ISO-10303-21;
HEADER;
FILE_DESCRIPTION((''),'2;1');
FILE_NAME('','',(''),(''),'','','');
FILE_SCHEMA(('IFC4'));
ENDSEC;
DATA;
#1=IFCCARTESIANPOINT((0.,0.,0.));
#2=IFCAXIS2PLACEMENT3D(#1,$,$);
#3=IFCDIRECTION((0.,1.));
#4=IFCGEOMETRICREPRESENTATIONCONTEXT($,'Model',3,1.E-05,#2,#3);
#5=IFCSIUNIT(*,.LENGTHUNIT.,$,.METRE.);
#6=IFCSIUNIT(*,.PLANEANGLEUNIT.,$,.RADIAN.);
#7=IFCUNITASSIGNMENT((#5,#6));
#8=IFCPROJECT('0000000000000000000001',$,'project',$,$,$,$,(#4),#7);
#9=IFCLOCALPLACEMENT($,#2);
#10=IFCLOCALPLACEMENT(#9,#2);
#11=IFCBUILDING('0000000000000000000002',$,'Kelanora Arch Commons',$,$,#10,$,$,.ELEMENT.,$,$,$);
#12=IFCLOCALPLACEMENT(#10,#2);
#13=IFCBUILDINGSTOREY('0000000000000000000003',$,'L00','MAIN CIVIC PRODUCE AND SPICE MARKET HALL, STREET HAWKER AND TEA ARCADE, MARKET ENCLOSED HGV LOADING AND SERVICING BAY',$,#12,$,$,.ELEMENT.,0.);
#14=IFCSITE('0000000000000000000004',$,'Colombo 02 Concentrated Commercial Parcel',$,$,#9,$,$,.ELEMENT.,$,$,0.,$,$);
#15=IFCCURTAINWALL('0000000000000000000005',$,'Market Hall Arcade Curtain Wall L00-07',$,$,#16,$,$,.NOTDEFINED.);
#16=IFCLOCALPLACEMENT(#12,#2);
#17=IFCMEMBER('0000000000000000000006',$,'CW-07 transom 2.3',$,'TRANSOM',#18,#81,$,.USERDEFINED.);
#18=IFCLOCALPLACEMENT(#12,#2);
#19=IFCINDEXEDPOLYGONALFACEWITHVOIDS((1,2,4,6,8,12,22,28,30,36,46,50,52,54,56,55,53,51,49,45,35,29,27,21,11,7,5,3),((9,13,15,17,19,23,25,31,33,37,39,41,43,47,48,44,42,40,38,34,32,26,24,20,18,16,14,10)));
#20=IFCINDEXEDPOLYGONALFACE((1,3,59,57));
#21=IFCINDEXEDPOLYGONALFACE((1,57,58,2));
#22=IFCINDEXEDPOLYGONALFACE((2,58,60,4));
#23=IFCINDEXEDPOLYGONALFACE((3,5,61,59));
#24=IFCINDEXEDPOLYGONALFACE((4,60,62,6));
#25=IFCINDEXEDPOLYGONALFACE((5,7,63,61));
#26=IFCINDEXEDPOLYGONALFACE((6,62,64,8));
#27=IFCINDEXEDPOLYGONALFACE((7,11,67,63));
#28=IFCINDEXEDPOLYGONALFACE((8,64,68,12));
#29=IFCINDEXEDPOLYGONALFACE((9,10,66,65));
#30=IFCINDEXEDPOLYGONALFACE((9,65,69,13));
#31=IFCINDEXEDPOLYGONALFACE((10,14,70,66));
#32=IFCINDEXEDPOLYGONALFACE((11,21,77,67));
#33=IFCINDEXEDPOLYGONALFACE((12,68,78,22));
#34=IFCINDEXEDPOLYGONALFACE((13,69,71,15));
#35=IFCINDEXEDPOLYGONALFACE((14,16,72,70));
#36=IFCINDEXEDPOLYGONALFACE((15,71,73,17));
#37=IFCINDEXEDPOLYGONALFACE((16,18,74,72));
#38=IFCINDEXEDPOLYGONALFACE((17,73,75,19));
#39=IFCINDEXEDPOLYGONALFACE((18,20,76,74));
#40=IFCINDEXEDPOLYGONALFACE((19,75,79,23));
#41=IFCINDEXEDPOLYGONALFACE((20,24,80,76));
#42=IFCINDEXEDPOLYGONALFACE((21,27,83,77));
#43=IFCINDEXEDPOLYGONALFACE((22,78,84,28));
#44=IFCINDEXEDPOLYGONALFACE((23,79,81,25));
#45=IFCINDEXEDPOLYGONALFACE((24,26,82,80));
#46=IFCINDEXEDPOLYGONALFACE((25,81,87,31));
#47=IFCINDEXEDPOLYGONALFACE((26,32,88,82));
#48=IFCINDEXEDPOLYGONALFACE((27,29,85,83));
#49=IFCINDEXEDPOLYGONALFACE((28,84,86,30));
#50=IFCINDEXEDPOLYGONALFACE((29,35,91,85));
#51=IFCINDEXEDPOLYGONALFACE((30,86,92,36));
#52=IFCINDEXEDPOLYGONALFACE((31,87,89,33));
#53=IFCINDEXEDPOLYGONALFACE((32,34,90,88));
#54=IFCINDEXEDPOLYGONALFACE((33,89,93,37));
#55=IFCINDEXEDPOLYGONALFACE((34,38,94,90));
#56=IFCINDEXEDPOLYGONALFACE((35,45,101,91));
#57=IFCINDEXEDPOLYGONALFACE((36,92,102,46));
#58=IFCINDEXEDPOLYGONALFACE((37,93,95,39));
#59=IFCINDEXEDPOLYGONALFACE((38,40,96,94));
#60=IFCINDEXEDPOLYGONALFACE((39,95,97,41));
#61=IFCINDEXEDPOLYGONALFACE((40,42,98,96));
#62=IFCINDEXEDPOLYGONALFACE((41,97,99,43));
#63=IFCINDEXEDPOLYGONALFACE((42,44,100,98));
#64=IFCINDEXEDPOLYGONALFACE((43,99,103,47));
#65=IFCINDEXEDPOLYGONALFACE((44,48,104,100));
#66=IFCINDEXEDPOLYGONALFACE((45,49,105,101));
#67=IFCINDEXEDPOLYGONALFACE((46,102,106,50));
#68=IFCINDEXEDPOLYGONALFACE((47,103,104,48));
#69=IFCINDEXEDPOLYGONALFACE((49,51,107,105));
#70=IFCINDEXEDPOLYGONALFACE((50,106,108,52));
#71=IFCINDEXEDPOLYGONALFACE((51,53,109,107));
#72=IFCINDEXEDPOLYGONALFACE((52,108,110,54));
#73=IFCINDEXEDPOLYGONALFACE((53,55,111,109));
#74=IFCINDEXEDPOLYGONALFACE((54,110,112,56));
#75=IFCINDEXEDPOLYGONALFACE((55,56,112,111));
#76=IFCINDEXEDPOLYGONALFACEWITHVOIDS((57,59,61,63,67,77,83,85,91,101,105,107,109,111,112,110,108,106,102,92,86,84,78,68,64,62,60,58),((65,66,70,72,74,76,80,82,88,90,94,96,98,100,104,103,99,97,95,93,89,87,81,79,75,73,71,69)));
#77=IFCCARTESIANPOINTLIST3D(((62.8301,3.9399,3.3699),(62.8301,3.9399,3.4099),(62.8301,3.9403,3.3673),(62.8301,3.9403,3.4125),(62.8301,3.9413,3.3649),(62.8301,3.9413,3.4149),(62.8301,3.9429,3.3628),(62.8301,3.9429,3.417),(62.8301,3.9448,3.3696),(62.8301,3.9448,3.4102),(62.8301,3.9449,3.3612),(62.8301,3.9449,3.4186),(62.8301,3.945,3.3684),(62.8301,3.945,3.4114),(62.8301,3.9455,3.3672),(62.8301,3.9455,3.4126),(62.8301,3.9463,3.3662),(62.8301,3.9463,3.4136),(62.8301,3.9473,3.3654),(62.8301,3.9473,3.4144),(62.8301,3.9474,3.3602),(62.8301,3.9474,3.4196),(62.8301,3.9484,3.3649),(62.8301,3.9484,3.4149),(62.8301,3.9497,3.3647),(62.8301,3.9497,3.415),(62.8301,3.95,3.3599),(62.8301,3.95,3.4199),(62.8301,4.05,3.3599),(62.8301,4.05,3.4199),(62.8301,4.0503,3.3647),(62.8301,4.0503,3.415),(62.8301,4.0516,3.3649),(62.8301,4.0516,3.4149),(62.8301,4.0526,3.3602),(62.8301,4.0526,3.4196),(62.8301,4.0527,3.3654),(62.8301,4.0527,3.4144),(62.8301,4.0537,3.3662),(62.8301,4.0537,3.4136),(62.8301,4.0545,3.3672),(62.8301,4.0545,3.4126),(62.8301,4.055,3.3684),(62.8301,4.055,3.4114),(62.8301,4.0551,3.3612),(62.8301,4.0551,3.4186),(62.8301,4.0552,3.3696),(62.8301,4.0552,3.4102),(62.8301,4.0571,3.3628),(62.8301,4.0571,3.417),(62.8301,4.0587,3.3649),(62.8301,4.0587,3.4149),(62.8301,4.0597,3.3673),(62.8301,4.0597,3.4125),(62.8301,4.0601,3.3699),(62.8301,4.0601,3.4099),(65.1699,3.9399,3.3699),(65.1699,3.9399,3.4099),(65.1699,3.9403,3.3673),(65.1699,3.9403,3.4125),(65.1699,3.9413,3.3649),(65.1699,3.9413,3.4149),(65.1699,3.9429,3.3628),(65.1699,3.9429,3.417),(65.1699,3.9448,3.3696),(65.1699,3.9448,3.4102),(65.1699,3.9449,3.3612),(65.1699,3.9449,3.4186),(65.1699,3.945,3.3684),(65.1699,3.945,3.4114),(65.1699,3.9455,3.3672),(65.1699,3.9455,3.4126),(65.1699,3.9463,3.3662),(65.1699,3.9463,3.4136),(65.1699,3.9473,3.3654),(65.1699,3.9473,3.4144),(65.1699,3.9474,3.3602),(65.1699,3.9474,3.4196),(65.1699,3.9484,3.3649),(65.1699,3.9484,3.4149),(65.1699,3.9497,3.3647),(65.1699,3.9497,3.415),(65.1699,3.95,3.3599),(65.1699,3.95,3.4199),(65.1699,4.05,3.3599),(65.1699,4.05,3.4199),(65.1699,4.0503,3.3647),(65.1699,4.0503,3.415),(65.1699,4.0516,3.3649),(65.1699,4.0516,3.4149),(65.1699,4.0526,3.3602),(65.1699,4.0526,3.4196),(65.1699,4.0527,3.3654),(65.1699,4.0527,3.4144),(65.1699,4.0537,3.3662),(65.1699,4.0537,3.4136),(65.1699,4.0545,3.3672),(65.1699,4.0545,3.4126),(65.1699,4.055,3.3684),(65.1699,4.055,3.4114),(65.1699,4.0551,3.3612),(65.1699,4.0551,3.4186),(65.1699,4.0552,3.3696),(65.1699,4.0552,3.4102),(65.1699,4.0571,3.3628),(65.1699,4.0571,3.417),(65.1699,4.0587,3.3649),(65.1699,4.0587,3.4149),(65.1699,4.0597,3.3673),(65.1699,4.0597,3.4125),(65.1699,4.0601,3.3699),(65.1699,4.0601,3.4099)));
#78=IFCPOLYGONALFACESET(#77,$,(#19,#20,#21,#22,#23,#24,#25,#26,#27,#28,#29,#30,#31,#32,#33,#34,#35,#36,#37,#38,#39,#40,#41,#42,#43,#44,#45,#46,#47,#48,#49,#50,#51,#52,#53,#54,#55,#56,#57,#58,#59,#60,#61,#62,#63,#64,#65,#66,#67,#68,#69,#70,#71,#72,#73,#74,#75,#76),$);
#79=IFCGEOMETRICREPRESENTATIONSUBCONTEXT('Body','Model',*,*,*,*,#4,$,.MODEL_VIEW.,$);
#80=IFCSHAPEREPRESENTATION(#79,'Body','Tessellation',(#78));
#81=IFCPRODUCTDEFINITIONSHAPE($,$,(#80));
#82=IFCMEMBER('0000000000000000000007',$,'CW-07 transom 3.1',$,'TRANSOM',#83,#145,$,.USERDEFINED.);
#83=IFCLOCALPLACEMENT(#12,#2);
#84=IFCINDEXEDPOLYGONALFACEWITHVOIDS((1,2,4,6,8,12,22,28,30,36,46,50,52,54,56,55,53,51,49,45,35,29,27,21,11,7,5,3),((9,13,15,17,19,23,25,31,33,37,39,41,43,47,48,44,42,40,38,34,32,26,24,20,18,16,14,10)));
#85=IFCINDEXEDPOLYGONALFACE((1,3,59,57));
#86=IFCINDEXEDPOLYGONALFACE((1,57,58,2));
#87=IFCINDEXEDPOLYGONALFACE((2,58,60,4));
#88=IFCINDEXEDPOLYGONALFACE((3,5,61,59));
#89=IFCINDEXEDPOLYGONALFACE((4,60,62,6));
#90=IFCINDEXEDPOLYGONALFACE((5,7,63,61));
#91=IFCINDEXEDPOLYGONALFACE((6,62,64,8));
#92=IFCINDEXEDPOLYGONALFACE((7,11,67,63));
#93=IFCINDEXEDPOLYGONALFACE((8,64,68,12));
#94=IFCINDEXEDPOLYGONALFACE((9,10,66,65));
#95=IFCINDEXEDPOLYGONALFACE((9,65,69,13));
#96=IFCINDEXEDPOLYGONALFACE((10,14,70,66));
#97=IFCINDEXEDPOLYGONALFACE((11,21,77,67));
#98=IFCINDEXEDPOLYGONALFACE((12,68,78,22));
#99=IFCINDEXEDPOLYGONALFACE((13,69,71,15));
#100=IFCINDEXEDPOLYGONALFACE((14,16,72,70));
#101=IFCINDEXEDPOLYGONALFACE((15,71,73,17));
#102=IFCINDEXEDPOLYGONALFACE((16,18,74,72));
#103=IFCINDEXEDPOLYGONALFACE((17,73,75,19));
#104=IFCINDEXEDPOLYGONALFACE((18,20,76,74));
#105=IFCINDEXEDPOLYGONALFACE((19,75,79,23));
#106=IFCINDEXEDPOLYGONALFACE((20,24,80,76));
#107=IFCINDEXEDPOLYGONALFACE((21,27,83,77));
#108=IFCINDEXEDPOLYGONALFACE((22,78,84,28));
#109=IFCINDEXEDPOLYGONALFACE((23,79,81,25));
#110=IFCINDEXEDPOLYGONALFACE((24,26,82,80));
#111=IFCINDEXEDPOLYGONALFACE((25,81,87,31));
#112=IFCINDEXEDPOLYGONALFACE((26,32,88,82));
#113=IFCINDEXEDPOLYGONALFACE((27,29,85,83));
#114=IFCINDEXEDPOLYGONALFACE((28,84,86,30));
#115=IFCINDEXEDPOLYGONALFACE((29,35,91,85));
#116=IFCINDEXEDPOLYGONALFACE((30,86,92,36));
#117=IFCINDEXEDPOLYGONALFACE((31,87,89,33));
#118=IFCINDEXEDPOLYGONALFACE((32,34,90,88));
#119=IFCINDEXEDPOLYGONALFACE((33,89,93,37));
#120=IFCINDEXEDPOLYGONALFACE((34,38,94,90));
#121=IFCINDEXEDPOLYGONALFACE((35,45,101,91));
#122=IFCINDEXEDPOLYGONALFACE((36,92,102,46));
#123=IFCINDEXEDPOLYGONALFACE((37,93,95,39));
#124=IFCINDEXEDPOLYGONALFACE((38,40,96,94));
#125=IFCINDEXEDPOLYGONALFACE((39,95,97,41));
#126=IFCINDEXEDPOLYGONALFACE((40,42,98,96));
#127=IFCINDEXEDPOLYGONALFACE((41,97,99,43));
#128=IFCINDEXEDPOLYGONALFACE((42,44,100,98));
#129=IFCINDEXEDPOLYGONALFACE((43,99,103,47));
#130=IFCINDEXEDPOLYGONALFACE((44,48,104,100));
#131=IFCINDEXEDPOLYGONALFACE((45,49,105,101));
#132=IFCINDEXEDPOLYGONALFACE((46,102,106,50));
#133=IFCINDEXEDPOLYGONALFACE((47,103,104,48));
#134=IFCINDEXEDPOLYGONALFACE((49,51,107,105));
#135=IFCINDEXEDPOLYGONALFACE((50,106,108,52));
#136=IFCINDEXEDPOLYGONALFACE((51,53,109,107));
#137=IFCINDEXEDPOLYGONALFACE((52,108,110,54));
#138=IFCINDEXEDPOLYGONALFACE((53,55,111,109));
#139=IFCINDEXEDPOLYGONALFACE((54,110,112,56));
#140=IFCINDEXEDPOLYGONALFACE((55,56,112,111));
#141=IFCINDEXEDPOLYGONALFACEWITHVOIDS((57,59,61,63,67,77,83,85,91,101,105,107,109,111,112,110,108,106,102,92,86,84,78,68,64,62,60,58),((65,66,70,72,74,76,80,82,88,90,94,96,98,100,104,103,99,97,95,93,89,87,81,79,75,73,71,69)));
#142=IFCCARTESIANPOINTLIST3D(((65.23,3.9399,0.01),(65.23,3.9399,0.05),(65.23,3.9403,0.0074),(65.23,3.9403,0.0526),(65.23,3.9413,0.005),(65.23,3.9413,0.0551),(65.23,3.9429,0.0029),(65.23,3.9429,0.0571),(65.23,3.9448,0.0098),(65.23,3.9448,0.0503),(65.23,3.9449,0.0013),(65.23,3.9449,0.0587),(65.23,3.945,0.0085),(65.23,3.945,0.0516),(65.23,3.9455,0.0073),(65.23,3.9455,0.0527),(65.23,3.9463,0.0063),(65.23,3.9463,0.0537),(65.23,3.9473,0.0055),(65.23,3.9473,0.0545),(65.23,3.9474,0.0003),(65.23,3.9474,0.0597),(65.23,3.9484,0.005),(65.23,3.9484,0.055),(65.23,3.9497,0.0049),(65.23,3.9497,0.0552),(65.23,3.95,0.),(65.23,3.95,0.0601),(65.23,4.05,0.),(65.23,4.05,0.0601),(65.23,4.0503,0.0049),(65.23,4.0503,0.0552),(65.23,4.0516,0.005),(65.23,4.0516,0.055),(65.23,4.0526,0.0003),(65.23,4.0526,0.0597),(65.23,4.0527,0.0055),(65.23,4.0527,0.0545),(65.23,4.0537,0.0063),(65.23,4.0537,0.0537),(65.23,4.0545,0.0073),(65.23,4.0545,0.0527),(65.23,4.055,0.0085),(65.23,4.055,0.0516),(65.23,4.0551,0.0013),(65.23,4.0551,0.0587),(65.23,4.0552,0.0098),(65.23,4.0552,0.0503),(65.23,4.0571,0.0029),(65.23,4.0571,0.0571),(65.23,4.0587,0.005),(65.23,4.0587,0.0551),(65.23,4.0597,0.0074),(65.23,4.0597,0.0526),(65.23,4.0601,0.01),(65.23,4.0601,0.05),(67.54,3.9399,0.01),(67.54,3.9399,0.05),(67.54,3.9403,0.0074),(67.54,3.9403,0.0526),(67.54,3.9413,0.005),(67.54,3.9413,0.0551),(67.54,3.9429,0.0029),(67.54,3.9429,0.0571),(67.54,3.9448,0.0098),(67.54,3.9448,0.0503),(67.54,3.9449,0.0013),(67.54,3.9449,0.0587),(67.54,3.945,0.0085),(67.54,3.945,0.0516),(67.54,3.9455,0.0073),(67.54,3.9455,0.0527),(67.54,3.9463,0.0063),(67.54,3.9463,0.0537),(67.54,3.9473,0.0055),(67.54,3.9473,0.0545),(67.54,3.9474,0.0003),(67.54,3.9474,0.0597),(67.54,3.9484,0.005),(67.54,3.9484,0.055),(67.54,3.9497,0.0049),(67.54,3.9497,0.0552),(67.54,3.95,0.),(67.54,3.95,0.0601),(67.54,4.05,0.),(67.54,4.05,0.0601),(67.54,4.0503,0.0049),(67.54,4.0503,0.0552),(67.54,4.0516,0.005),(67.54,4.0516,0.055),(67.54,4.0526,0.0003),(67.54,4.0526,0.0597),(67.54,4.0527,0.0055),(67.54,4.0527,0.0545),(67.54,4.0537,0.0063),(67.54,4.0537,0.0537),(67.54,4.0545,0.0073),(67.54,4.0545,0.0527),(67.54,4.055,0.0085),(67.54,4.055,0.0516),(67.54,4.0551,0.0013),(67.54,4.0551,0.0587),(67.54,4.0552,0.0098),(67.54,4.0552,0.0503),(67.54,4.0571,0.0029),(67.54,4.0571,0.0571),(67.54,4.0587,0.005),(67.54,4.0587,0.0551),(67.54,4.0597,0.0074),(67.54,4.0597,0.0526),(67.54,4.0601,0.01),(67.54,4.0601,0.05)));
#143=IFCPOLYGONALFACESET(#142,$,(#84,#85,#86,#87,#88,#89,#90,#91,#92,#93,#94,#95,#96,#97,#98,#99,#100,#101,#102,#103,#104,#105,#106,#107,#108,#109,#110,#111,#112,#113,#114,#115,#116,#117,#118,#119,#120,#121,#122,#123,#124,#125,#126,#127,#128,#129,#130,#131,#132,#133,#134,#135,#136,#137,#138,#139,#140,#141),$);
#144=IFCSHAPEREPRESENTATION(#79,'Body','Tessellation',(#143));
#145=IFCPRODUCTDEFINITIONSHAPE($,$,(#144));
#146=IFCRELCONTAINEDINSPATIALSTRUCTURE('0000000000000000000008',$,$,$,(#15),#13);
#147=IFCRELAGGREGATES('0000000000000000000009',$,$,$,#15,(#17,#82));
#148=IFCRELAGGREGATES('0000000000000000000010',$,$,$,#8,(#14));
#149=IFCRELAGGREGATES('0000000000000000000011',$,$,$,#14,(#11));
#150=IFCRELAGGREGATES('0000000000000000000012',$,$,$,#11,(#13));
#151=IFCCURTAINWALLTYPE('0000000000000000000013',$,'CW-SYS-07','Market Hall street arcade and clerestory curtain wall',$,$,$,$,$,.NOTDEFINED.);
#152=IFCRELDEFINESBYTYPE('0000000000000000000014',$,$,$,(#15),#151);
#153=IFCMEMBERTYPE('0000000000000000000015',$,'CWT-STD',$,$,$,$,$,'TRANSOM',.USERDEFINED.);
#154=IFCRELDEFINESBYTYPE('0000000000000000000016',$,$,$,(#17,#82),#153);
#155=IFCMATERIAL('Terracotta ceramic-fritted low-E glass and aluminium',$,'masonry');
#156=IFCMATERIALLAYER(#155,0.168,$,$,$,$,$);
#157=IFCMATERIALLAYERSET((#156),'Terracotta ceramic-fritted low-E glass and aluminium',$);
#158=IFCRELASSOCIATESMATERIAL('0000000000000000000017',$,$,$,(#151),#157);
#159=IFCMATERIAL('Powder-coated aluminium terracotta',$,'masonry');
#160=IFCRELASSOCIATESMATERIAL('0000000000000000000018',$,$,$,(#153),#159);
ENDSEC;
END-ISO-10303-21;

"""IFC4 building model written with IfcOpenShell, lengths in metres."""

from ifc_helpers import new_model, si_unit, direction, frame, origin, origin_2d, place, context, subcontext, project, spatial, hollow_rectangle, extrude, material, layer, layer_set, material_profile, profile_set, type_object, element, aggregate, save


model = new_model("IFC4")

# Units and contexts
model_context = context("Model", 3, precision=1e-05, world=origin(), true_north=direction((0.0, 1.0)))
body_context = subcontext(model_context, "Body", "Model", "MODEL_VIEW")
ifc_project = project(units=[si_unit("LENGTHUNIT", "METRE"), si_unit("PLANEANGLEUNIT", "RADIAN")], contexts=[model_context])

# Site, building, storey
site_placement = place(None, origin())
site = spatial("IfcSite", under=ifc_project, at=site_placement, Name="Colombo 02 Concentrated Commercial Parcel", CompositionType="ELEMENT", RefElevation=0.0)
building_placement = place(site_placement, origin())
building = spatial("IfcBuilding", under=site, at=building_placement, Name="Kelanora Arch Commons", CompositionType="ELEMENT")
storey_placement = place(building_placement, origin())
storey = spatial("IfcBuildingStorey", under=building, at=storey_placement, Name="L00", Description="MAIN CIVIC PRODUCE AND SPICE MARKET HALL, STREET HAWKER AND TEA ARCADE, MARKET ENCLOSED HGV LOADING AND SERVICING BAY", CompositionType="ELEMENT", Elevation=0.0)

# Curtain wall, members
ifc_material_1 = material(Name="Terracotta ceramic-fritted low-E glass and aluminium", Category="masonry")
ifc_layer_1 = layer(ifc_material_1, 0.168)
ifc_layer_set_1 = layer_set([ifc_layer_1], Name="Terracotta ceramic-fritted low-E glass and aluminium")
curtain_wall_type = type_object("IfcCurtainWallType", Name="CW-SYS-07", Description="Market Hall street arcade and clerestory curtain wall", PredefinedType="NOTDEFINED", material=ifc_layer_set_1)
curtain_wall_placement = place(storey_placement, origin())
curtain_wall = element("IfcCurtainWall", 1, at=curtain_wall_placement, inside=storey, type_object=curtain_wall_type, Name="Market Hall Arcade Curtain Wall L00-07", PredefinedType="NOTDEFINED")
ifc_material_2 = material(Name="Powder-coated aluminium terracotta", Category="masonry")
ifc_material_profile_1 = material_profile(ifc_material_2, hollow_rectangle(XDim=0.1201, YDim=0.0601, WallThickness=0.0049, InnerFilletRadius=0.0049, OuterFilletRadius=0.01, at=origin_2d()), Name="CWT120x60")
ifc_profile_set_1 = profile_set([ifc_material_profile_1], Name="Powder-coated aluminium terracotta")
member_type_1 = type_object("IfcMemberType", Name="CWT-STD", ElementType="TRANSOM", PredefinedType="USERDEFINED", material=ifc_profile_set_1)
member_1_placement = place(storey_placement, frame((62.8301, 4.0, 3.3899), z_axis=(1.0, 0.0, 0.0), x_axis=(0.0, 1.0, 0.0)))
member_1 = element("IfcMember", 2, at=member_1_placement, type_object=member_type_1, Name="CW-07 transom 2.3", ObjectType="TRANSOM", PredefinedType="USERDEFINED", context=body_context, shape_type="SweptSolid", body=[
    extrude(hollow_rectangle(XDim=0.1201, YDim=0.0601, WallThickness=0.0049, InnerFilletRadius=0.0049, OuterFilletRadius=0.01, at=origin_2d()), origin(), (0.0, 0.0, 1.0), 2.3398),
])
member_2_placement = place(storey_placement, frame((65.23, 4.0, 0.03), z_axis=(1.0, 0.0, 0.0), x_axis=(0.0, 1.0, 0.0)))
member_2 = element("IfcMember", 3, at=member_2_placement, type_object=member_type_1, Name="CW-07 transom 3.1", ObjectType="TRANSOM", PredefinedType="USERDEFINED", context=body_context, shape_type="SweptSolid", body=[
    extrude(hollow_rectangle(XDim=0.1201, YDim=0.0601, WallThickness=0.0049, InnerFilletRadius=0.0049, OuterFilletRadius=0.01, at=origin_2d()), origin(), (0.0, 0.0, 1.0), 2.3101),
])
aggregate(curtain_wall, [member_1, member_2])

save(model, "model.ifc")
